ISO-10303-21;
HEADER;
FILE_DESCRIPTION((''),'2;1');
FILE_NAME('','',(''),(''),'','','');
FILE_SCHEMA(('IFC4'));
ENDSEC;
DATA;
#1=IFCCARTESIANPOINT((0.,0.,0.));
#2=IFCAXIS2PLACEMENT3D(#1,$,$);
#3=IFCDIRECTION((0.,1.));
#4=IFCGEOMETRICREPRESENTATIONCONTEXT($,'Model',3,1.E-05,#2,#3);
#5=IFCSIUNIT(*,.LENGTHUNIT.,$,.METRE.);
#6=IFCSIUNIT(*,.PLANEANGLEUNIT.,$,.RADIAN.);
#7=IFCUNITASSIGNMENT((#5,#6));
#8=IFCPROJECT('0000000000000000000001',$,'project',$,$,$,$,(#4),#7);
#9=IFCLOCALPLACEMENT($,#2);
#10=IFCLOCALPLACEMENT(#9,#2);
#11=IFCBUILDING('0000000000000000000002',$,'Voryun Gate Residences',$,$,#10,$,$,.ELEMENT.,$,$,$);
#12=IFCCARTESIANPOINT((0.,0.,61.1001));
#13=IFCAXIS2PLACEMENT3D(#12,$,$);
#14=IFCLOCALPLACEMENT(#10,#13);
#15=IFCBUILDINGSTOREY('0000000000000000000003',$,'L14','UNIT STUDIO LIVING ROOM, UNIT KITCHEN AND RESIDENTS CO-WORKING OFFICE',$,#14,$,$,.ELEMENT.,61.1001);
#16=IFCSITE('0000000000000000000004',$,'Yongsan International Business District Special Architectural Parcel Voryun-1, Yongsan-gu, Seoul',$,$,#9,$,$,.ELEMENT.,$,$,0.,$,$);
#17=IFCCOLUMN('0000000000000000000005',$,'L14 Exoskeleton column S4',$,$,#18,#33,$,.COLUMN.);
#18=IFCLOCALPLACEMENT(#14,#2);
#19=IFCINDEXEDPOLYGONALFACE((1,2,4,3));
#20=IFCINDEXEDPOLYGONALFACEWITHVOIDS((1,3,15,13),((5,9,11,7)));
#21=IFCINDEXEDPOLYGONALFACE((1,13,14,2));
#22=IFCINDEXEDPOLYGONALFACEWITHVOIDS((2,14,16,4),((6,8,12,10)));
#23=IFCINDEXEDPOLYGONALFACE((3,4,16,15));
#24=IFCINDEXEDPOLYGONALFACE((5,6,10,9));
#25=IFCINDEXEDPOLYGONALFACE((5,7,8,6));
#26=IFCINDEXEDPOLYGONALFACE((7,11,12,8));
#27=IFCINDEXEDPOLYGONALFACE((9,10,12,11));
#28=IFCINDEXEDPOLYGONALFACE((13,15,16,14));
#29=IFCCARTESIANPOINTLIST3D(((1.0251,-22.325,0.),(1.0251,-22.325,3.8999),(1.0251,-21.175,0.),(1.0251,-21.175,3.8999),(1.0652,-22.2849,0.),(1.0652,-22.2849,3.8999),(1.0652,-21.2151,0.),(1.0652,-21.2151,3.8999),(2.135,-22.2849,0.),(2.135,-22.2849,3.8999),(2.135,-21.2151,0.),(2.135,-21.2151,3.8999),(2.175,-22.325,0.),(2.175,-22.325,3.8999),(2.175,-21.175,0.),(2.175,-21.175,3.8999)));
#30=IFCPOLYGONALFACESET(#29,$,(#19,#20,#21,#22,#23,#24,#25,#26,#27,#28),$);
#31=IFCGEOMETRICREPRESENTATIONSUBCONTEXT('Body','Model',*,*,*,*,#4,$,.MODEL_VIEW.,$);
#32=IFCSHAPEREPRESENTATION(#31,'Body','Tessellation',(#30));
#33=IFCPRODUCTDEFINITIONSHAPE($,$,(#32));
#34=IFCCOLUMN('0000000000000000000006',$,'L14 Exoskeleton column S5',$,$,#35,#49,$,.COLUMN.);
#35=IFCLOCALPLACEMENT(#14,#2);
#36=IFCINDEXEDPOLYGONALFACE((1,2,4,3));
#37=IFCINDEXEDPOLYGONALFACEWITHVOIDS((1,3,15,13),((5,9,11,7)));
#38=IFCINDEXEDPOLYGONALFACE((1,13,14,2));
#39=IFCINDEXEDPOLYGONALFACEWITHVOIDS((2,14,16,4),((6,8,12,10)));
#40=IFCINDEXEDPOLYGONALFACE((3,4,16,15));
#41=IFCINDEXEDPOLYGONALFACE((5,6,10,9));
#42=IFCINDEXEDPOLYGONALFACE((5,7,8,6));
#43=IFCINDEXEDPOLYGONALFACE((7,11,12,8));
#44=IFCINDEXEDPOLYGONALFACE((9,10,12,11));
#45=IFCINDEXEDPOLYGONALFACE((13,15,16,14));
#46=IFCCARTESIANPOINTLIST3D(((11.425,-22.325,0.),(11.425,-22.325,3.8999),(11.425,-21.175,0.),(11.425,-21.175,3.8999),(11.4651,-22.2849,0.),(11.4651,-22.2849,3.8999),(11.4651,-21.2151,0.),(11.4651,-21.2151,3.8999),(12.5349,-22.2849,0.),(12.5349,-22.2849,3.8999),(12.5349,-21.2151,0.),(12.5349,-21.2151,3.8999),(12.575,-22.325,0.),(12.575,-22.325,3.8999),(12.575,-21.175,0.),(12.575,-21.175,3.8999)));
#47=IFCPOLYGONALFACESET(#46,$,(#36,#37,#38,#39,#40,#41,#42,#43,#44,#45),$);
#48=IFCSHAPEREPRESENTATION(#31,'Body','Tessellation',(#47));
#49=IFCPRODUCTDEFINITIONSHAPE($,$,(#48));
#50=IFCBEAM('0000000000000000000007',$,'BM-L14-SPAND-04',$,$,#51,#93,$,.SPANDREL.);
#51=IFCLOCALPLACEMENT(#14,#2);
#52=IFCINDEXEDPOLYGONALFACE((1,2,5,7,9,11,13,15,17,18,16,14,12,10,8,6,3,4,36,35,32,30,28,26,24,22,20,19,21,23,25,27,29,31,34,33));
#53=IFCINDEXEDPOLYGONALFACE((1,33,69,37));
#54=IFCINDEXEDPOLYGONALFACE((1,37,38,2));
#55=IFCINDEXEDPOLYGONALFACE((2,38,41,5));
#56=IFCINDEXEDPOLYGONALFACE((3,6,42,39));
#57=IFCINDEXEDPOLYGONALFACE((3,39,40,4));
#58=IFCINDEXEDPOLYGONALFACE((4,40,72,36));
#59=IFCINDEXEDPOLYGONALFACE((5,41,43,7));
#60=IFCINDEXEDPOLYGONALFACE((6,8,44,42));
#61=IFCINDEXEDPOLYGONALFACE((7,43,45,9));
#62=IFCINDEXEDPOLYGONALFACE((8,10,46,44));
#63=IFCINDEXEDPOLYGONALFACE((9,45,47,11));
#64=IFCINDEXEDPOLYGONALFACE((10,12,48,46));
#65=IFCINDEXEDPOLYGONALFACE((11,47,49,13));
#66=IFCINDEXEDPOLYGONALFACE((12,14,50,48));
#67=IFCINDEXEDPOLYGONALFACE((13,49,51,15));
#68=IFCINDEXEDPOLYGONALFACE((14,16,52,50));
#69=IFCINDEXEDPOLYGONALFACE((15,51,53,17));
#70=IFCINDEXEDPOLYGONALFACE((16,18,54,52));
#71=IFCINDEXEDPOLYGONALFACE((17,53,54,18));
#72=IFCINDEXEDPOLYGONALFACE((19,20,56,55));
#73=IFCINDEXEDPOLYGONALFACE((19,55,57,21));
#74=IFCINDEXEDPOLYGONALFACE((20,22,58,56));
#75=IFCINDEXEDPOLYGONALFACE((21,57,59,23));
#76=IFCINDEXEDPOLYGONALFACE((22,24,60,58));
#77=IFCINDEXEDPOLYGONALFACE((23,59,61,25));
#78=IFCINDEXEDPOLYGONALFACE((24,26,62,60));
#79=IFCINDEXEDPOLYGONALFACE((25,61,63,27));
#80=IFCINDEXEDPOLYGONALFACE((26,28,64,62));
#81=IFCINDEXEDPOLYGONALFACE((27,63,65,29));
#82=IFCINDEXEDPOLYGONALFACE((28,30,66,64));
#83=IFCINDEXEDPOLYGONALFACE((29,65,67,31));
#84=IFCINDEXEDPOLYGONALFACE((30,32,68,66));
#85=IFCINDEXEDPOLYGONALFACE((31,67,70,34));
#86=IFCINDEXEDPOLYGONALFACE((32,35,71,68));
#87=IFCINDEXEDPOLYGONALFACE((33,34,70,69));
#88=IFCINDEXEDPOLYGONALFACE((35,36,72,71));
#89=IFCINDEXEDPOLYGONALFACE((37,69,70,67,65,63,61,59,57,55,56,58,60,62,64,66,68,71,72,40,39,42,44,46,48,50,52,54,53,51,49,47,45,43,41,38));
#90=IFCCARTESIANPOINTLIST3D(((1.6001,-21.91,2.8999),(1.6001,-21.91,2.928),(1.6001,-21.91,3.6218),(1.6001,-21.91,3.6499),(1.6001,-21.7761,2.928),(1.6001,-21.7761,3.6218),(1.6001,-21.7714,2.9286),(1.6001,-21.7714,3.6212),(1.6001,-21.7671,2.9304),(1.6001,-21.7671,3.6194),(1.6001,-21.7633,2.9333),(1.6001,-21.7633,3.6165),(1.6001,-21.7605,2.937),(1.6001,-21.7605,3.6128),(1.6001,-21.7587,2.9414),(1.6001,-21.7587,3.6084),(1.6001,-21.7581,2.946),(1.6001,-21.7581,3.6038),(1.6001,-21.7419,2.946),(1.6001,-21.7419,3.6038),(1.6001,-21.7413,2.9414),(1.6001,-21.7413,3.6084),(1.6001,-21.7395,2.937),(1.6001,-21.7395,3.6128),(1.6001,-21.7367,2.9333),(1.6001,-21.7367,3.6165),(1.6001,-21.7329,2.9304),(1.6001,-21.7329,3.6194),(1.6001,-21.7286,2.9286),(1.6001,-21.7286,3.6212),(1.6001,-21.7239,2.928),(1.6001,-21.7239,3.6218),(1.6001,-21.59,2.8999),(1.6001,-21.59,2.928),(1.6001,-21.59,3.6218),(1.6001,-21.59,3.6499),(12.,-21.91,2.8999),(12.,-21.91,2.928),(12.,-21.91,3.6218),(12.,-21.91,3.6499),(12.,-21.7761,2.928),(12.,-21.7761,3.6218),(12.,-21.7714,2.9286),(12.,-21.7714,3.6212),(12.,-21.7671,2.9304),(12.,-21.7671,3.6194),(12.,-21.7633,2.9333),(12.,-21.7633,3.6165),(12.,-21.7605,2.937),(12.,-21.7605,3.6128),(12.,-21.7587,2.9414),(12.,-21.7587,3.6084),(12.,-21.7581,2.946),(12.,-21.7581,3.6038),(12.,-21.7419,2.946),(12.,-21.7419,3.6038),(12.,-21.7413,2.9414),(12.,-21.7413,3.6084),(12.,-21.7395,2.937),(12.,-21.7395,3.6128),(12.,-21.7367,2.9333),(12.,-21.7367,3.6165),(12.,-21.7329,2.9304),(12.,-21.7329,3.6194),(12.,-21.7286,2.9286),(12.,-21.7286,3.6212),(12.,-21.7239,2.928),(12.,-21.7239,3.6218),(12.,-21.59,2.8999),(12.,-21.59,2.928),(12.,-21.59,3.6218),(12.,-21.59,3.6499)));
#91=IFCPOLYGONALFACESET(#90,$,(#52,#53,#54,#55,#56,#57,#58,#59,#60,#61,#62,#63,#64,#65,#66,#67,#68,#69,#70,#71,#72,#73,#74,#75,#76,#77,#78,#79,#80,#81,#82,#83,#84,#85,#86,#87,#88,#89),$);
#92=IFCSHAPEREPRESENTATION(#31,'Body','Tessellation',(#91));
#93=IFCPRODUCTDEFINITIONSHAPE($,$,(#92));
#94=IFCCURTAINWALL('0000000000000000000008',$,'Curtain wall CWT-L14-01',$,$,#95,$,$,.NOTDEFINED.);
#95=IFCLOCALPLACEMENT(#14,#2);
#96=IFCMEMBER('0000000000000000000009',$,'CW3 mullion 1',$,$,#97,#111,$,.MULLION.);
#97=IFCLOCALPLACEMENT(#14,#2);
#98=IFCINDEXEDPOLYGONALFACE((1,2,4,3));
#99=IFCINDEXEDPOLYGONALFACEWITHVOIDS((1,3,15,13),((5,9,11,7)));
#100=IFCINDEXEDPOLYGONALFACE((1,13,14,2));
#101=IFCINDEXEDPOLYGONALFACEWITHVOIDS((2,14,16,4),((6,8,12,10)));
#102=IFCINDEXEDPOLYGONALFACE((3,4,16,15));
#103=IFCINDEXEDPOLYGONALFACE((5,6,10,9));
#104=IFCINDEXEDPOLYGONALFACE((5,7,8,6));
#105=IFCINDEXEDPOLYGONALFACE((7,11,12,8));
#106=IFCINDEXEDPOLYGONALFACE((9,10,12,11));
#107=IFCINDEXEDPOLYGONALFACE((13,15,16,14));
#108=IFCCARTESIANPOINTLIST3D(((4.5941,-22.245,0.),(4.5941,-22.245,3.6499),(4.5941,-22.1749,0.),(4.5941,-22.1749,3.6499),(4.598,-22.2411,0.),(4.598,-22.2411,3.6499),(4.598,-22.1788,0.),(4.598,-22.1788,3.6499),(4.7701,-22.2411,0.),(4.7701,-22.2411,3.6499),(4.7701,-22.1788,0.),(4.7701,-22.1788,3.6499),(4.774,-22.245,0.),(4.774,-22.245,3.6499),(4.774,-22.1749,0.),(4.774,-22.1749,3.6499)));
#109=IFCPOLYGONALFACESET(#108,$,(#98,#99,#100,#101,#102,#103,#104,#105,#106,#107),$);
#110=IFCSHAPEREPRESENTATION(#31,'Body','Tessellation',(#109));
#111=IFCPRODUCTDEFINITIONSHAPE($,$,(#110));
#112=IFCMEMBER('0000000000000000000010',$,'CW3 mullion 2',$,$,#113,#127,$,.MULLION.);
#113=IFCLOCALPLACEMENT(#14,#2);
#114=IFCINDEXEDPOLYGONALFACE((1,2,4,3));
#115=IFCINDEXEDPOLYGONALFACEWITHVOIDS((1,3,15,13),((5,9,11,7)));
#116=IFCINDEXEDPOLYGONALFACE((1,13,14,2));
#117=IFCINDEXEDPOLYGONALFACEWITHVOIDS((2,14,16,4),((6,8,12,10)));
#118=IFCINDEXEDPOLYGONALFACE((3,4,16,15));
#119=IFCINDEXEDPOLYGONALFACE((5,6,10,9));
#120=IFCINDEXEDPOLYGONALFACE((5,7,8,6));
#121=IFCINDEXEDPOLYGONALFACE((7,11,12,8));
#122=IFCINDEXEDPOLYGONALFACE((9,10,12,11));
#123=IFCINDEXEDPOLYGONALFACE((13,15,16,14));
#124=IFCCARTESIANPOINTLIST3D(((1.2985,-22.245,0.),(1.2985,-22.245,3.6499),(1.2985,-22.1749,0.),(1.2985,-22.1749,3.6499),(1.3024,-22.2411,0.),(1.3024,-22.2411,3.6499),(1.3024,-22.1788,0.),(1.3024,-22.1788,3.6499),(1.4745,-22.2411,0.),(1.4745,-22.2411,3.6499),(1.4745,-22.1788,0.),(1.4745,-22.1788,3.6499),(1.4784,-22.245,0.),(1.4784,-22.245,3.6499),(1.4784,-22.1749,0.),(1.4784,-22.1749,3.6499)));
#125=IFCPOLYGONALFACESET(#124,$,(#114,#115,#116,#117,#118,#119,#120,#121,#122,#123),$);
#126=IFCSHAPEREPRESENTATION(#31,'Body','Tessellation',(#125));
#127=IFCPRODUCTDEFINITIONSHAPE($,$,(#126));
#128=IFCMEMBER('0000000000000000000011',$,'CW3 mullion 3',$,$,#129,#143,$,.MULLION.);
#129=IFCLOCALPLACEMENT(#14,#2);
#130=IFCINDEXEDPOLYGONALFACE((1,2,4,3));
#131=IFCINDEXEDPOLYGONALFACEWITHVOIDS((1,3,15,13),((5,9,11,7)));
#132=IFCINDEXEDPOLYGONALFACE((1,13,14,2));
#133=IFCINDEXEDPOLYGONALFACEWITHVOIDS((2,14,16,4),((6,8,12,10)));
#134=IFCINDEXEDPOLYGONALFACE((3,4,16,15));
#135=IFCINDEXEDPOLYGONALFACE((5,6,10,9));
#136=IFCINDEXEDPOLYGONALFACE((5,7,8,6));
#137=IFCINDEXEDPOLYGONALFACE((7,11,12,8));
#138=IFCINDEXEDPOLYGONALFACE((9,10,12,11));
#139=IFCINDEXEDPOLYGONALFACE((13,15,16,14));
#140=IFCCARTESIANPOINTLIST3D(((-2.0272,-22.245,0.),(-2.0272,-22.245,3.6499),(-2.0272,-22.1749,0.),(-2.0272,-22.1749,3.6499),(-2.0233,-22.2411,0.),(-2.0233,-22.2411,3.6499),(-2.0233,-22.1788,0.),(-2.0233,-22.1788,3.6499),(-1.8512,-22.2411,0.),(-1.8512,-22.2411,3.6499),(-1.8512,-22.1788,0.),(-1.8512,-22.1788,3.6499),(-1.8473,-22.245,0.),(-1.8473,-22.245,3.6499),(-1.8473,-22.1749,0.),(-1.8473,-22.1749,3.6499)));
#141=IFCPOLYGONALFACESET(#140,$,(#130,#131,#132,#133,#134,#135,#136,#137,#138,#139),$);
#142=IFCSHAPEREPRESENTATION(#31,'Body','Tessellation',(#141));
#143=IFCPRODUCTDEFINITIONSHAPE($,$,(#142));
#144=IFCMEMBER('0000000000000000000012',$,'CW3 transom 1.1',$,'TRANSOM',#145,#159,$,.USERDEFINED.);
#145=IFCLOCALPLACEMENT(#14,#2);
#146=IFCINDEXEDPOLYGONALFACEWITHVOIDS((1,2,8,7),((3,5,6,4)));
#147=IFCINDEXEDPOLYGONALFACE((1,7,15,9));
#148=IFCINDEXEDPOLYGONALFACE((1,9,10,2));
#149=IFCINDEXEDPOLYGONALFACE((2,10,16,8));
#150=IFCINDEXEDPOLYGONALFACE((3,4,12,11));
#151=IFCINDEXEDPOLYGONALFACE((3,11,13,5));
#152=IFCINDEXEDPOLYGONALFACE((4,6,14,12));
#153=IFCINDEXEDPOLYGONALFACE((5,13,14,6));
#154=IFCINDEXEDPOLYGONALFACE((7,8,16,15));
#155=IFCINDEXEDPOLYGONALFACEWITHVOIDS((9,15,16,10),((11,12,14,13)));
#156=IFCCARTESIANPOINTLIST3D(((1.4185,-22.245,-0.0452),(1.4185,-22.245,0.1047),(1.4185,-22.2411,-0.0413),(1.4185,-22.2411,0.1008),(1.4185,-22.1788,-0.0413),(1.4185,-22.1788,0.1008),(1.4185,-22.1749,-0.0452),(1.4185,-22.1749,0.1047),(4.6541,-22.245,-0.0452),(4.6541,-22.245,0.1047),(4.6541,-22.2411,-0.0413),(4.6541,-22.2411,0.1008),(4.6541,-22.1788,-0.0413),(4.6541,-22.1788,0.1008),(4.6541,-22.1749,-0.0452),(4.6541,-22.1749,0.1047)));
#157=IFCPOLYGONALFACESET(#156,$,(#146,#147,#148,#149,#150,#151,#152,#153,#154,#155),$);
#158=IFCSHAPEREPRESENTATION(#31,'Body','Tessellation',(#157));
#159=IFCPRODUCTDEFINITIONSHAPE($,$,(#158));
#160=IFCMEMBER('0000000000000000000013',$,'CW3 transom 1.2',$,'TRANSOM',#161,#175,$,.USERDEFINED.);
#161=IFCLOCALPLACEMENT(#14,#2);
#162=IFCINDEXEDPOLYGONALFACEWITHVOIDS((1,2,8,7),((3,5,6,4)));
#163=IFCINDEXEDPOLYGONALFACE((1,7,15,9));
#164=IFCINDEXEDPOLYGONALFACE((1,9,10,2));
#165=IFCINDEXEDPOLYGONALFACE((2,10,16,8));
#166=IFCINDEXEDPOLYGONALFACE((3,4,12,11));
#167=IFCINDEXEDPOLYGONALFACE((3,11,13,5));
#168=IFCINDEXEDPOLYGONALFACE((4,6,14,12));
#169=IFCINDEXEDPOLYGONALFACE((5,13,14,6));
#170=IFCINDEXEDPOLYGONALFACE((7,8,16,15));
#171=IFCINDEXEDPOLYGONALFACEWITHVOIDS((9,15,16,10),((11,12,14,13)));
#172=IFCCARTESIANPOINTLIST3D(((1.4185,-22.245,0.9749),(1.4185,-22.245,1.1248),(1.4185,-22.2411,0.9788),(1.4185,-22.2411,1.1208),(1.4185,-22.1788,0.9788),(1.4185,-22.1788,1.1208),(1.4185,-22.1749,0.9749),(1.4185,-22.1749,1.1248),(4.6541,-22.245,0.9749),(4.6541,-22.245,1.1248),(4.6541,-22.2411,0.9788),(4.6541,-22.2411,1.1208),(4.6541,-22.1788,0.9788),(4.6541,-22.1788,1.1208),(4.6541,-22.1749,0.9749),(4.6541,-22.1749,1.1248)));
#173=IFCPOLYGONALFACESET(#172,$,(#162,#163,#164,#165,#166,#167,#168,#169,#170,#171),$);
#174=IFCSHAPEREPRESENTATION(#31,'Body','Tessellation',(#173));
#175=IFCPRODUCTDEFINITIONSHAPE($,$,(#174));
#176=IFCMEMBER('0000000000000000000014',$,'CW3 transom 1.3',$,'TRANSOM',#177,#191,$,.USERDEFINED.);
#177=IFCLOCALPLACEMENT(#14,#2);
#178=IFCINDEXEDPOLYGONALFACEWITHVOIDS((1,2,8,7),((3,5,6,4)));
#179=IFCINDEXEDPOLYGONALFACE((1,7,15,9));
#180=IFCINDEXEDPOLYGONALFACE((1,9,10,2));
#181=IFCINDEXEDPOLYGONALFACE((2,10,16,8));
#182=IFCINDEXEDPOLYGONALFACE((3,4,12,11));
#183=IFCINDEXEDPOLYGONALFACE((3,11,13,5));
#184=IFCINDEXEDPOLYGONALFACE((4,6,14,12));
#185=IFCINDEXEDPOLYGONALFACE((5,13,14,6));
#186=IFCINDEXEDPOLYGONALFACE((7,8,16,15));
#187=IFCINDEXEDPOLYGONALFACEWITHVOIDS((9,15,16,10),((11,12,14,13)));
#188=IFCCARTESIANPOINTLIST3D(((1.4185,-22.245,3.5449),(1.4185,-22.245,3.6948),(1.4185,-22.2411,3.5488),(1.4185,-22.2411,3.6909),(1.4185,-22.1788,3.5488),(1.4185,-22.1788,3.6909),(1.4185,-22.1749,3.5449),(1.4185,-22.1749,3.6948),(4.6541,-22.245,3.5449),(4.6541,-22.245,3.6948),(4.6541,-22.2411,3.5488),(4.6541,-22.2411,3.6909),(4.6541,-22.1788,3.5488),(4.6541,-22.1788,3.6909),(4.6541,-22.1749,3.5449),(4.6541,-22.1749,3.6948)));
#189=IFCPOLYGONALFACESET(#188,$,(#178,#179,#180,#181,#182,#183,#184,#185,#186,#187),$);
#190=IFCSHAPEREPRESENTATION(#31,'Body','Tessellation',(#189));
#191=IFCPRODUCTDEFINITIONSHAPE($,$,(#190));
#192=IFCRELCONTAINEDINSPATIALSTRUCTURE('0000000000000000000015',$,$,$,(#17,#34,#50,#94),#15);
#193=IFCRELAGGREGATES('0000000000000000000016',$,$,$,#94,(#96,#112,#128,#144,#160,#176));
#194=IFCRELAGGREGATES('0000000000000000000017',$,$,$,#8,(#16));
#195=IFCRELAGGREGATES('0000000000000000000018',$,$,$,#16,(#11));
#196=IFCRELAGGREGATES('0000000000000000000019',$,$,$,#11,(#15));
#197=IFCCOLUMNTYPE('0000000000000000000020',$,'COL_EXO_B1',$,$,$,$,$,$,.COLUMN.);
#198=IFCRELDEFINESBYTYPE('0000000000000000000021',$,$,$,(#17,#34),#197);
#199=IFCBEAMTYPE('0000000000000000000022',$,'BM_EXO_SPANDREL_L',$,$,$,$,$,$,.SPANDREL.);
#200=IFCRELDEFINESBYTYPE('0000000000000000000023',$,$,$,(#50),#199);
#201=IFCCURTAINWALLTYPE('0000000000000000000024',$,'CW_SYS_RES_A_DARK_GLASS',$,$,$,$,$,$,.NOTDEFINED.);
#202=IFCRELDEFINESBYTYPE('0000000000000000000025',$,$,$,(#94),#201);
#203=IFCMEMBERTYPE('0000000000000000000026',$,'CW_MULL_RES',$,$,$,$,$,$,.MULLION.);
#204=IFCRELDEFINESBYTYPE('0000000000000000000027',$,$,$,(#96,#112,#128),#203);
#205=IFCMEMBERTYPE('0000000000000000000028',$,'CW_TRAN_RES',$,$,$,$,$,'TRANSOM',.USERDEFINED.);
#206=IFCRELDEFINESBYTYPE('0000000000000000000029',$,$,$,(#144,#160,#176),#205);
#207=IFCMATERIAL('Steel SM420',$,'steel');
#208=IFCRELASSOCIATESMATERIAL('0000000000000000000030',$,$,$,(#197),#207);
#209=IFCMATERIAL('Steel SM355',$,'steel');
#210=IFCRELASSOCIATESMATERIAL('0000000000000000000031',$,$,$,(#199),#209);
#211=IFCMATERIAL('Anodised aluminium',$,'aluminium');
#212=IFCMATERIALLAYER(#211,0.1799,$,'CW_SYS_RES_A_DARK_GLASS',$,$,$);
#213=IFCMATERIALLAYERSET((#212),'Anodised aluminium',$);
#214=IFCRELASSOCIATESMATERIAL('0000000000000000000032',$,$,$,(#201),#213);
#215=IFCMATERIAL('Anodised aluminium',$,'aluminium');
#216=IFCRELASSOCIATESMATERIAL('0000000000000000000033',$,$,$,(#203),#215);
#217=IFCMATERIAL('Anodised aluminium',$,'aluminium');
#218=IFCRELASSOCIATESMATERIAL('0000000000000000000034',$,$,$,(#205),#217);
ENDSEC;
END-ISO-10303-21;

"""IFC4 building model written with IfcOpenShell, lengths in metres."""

from ifc_helpers import new_model, si_unit, direction, frame, origin, origin_2d, place, context, subcontext, project, spatial, hollow_rectangle, i_section, extrude, material, layer, layer_set, material_profile, profile_set, type_object, element, aggregate, save


model = new_model("IFC4")

# Units and contexts
model_context = context("Model", 3, precision=1e-05, world=origin(), true_north=direction((0.0, 1.0)))
body_context = subcontext(model_context, "Body", "Model", "MODEL_VIEW")
ifc_project = project(units=[si_unit("LENGTHUNIT", "METRE"), si_unit("PLANEANGLEUNIT", "RADIAN")], contexts=[model_context])

# Site, building, storey
site_placement = place(None, origin())
site = spatial("IfcSite", under=ifc_project, at=site_placement, Name="Yongsan International Business District Special Architectural Parcel Voryun-1, Yongsan-gu, Seoul", CompositionType="ELEMENT", RefElevation=0.0)
building_placement = place(site_placement, origin())
building = spatial("IfcBuilding", under=site, at=building_placement, Name="Voryun Gate Residences", CompositionType="ELEMENT")
storey_placement = place(building_placement, frame((0.0, 0.0, 61.1001)))
storey = spatial("IfcBuildingStorey", under=building, at=storey_placement, Name="L14", Description="UNIT STUDIO LIVING ROOM, UNIT KITCHEN AND RESIDENTS CO-WORKING OFFICE", CompositionType="ELEMENT", Elevation=61.1001)

# Columns
ifc_material_1 = material(Name="Steel SM420", Category="steel")
ifc_material_profile_1 = material_profile(ifc_material_1, hollow_rectangle(XDim=1.1499, YDim=1.1499, WallThickness=0.04, at=origin_2d()), Name="BOX-1150x1150x40")
ifc_profile_set_1 = profile_set([ifc_material_profile_1], Name="Steel SM420")
column_type = type_object("IfcColumnType", Name="COL_EXO_B1", PredefinedType="COLUMN", material=ifc_profile_set_1)
for number, where, z_axis, x_axis, name in (
    (1, (1.6001, -21.75, 0.0), (0.0, 0.0, 1.0), (1.0, 0.0, 0.0), "L14 Exoskeleton column S4"),
    (2, (12.0, -21.75, 0.0), (0.0, 0.0, 1.0), (1.0, 0.0, 0.0), "L14 Exoskeleton column S5"),
):
    element("IfcColumn", number, at=place(storey_placement, frame(where, z_axis=z_axis, x_axis=x_axis)), inside=storey, type_object=column_type, Name=name, PredefinedType="COLUMN", context=body_context, shape_type="SweptSolid", body=[
        extrude(hollow_rectangle(XDim=1.1499, YDim=1.1499, WallThickness=0.04, at=origin_2d()), origin(), (0.0, 0.0, 1.0), 3.8999),
    ])

# Beam
ifc_material_2 = material(Name="Steel SM355", Category="steel")
ifc_material_profile_2 = material_profile(ifc_material_2, i_section(OverallWidth=0.3201, OverallDepth=0.75, WebThickness=0.0161, FlangeThickness=0.0281, FilletRadius=0.0181, at=origin_2d()), Name="H-750x320x16x28")
ifc_profile_set_2 = profile_set([ifc_material_profile_2], Name="Steel SM355")
beam_type = type_object("IfcBeamType", Name="BM_EXO_SPANDREL_L", PredefinedType="SPANDREL", material=ifc_profile_set_2)
beam_placement = place(storey_placement, frame((1.6001, -21.75, 3.2749), z_axis=(1.0, 0.0, 0.0), x_axis=(0.0, 1.0, 0.0)))
element("IfcBeam", 3, at=beam_placement, inside=storey, type_object=beam_type, Name="BM-L14-SPAND-04", PredefinedType="SPANDREL", context=body_context, shape_type="SweptSolid", body=[
    extrude(i_section(OverallWidth=0.3201, OverallDepth=0.75, WebThickness=0.0161, FlangeThickness=0.0281, FilletRadius=0.0181, at=origin_2d()), origin(), (0.0, 0.0, 1.0), 10.3999),
])

# Curtain wall, members
ifc_material_3 = material(Name="Anodised aluminium", Category="aluminium")
ifc_layer_1 = layer(ifc_material_3, 0.1799, Name="CW_SYS_RES_A_DARK_GLASS")
ifc_layer_set_1 = layer_set([ifc_layer_1], Name="Anodised aluminium")
curtain_wall_type = type_object("IfcCurtainWallType", Name="CW_SYS_RES_A_DARK_GLASS", PredefinedType="NOTDEFINED", material=ifc_layer_set_1)
curtain_wall_placement = place(storey_placement, origin())
curtain_wall = element("IfcCurtainWall", 4, at=curtain_wall_placement, inside=storey, type_object=curtain_wall_type, Name="Curtain wall CWT-L14-01", PredefinedType="NOTDEFINED")
ifc_material_4 = material(Name="Anodised aluminium", Category="aluminium")
ifc_material_profile_3 = material_profile(ifc_material_4, hollow_rectangle(XDim=0.0701, YDim=0.1799, WallThickness=0.0039, at=origin_2d()), Name="ALU-MULL-180x70x4")
ifc_profile_set_3 = profile_set([ifc_material_profile_3], Name="Anodised aluminium")
member_type_1 = type_object("IfcMemberType", Name="CW_MULL_RES", PredefinedType="MULLION", material=ifc_profile_set_3)
member_1_placement = place(storey_placement, frame((4.6841, -22.21, 0.0), z_axis=(0.0, 0.0, 1.0), x_axis=(0.0, -1.0, 0.0)))
member_1 = element("IfcMember", 5, at=member_1_placement, type_object=member_type_1, Name="CW3 mullion 1", PredefinedType="MULLION", context=body_context, shape_type="SweptSolid", body=[
    extrude(hollow_rectangle(XDim=0.0701, YDim=0.1799, WallThickness=0.0039, at=origin_2d()), origin(), (0.0, 0.0, 1.0), 3.6499),
])
member_2_placement = place(storey_placement, frame((1.3884, -22.21, 0.0), z_axis=(0.0, 0.0, 1.0), x_axis=(0.0, -1.0, 0.0)))
member_2 = element("IfcMember", 6, at=member_2_placement, type_object=member_type_1, Name="CW3 mullion 2", PredefinedType="MULLION", context=body_context, shape_type="SweptSolid", body=[
    extrude(hollow_rectangle(XDim=0.0701, YDim=0.1799, WallThickness=0.0039, at=origin_2d()), origin(), (0.0, 0.0, 1.0), 3.6499),
])
member_3_placement = place(storey_placement, frame((-1.9373, -22.21, 0.0), z_axis=(0.0, 0.0, 1.0), x_axis=(0.0, -1.0, 0.0)))
member_3 = element("IfcMember", 7, at=member_3_placement, type_object=member_type_1, Name="CW3 mullion 3", PredefinedType="MULLION", context=body_context, shape_type="SweptSolid", body=[
    extrude(hollow_rectangle(XDim=0.0701, YDim=0.1799, WallThickness=0.0039, at=origin_2d()), origin(), (0.0, 0.0, 1.0), 3.6499),
])
ifc_material_5 = material(Name="Anodised aluminium", Category="aluminium")
ifc_material_profile_4 = material_profile(ifc_material_5, hollow_rectangle(XDim=0.0701, YDim=0.1499, WallThickness=0.0039, at=origin_2d()), Name="ALU-TRAN-150x70x4")
ifc_profile_set_4 = profile_set([ifc_material_profile_4], Name="Anodised aluminium")
member_type_2 = type_object("IfcMemberType", Name="CW_TRAN_RES", ElementType="TRANSOM", PredefinedType="USERDEFINED", material=ifc_profile_set_4)
member_4_placement = place(storey_placement, frame((4.6541, -22.21, 0.0298), z_axis=(-1.0, 0.0, 0.0), x_axis=(0.0, -1.0, 0.0)))
member_4 = element("IfcMember", 8, at=member_4_placement, type_object=member_type_2, Name="CW3 transom 1.1", ObjectType="TRANSOM", PredefinedType="USERDEFINED", context=body_context, shape_type="SweptSolid", body=[
    extrude(hollow_rectangle(XDim=0.0701, YDim=0.1499, WallThickness=0.0039, at=origin_2d()), origin(), (0.0, 0.0, 1.0), 3.2356),
])
member_5_placement = place(storey_placement, frame((4.6541, -22.21, 1.0498), z_axis=(-1.0, 0.0, 0.0), x_axis=(0.0, -1.0, 0.0)))
member_5 = element("IfcMember", 9, at=member_5_placement, type_object=member_type_2, Name="CW3 transom 1.2", ObjectType="TRANSOM", PredefinedType="USERDEFINED", context=body_context, shape_type="SweptSolid", body=[
    extrude(hollow_rectangle(XDim=0.0701, YDim=0.1499, WallThickness=0.0039, at=origin_2d()), origin(), (0.0, 0.0, 1.0), 3.2356),
])
member_6_placement = place(storey_placement, frame((4.6541, -22.21, 3.6199), z_axis=(-1.0, 0.0, 0.0), x_axis=(0.0, -1.0, 0.0)))
member_6 = element("IfcMember", 10, at=member_6_placement, type_object=member_type_2, Name="CW3 transom 1.3", ObjectType="TRANSOM", PredefinedType="USERDEFINED", context=body_context, shape_type="SweptSolid", body=[
    extrude(hollow_rectangle(XDim=0.0701, YDim=0.1499, WallThickness=0.0039, at=origin_2d()), origin(), (0.0, 0.0, 1.0), 3.2356),
])
aggregate(curtain_wall, [member_1, member_2, member_3, member_4, member_5, member_6])

save(model, "model.ifc")
